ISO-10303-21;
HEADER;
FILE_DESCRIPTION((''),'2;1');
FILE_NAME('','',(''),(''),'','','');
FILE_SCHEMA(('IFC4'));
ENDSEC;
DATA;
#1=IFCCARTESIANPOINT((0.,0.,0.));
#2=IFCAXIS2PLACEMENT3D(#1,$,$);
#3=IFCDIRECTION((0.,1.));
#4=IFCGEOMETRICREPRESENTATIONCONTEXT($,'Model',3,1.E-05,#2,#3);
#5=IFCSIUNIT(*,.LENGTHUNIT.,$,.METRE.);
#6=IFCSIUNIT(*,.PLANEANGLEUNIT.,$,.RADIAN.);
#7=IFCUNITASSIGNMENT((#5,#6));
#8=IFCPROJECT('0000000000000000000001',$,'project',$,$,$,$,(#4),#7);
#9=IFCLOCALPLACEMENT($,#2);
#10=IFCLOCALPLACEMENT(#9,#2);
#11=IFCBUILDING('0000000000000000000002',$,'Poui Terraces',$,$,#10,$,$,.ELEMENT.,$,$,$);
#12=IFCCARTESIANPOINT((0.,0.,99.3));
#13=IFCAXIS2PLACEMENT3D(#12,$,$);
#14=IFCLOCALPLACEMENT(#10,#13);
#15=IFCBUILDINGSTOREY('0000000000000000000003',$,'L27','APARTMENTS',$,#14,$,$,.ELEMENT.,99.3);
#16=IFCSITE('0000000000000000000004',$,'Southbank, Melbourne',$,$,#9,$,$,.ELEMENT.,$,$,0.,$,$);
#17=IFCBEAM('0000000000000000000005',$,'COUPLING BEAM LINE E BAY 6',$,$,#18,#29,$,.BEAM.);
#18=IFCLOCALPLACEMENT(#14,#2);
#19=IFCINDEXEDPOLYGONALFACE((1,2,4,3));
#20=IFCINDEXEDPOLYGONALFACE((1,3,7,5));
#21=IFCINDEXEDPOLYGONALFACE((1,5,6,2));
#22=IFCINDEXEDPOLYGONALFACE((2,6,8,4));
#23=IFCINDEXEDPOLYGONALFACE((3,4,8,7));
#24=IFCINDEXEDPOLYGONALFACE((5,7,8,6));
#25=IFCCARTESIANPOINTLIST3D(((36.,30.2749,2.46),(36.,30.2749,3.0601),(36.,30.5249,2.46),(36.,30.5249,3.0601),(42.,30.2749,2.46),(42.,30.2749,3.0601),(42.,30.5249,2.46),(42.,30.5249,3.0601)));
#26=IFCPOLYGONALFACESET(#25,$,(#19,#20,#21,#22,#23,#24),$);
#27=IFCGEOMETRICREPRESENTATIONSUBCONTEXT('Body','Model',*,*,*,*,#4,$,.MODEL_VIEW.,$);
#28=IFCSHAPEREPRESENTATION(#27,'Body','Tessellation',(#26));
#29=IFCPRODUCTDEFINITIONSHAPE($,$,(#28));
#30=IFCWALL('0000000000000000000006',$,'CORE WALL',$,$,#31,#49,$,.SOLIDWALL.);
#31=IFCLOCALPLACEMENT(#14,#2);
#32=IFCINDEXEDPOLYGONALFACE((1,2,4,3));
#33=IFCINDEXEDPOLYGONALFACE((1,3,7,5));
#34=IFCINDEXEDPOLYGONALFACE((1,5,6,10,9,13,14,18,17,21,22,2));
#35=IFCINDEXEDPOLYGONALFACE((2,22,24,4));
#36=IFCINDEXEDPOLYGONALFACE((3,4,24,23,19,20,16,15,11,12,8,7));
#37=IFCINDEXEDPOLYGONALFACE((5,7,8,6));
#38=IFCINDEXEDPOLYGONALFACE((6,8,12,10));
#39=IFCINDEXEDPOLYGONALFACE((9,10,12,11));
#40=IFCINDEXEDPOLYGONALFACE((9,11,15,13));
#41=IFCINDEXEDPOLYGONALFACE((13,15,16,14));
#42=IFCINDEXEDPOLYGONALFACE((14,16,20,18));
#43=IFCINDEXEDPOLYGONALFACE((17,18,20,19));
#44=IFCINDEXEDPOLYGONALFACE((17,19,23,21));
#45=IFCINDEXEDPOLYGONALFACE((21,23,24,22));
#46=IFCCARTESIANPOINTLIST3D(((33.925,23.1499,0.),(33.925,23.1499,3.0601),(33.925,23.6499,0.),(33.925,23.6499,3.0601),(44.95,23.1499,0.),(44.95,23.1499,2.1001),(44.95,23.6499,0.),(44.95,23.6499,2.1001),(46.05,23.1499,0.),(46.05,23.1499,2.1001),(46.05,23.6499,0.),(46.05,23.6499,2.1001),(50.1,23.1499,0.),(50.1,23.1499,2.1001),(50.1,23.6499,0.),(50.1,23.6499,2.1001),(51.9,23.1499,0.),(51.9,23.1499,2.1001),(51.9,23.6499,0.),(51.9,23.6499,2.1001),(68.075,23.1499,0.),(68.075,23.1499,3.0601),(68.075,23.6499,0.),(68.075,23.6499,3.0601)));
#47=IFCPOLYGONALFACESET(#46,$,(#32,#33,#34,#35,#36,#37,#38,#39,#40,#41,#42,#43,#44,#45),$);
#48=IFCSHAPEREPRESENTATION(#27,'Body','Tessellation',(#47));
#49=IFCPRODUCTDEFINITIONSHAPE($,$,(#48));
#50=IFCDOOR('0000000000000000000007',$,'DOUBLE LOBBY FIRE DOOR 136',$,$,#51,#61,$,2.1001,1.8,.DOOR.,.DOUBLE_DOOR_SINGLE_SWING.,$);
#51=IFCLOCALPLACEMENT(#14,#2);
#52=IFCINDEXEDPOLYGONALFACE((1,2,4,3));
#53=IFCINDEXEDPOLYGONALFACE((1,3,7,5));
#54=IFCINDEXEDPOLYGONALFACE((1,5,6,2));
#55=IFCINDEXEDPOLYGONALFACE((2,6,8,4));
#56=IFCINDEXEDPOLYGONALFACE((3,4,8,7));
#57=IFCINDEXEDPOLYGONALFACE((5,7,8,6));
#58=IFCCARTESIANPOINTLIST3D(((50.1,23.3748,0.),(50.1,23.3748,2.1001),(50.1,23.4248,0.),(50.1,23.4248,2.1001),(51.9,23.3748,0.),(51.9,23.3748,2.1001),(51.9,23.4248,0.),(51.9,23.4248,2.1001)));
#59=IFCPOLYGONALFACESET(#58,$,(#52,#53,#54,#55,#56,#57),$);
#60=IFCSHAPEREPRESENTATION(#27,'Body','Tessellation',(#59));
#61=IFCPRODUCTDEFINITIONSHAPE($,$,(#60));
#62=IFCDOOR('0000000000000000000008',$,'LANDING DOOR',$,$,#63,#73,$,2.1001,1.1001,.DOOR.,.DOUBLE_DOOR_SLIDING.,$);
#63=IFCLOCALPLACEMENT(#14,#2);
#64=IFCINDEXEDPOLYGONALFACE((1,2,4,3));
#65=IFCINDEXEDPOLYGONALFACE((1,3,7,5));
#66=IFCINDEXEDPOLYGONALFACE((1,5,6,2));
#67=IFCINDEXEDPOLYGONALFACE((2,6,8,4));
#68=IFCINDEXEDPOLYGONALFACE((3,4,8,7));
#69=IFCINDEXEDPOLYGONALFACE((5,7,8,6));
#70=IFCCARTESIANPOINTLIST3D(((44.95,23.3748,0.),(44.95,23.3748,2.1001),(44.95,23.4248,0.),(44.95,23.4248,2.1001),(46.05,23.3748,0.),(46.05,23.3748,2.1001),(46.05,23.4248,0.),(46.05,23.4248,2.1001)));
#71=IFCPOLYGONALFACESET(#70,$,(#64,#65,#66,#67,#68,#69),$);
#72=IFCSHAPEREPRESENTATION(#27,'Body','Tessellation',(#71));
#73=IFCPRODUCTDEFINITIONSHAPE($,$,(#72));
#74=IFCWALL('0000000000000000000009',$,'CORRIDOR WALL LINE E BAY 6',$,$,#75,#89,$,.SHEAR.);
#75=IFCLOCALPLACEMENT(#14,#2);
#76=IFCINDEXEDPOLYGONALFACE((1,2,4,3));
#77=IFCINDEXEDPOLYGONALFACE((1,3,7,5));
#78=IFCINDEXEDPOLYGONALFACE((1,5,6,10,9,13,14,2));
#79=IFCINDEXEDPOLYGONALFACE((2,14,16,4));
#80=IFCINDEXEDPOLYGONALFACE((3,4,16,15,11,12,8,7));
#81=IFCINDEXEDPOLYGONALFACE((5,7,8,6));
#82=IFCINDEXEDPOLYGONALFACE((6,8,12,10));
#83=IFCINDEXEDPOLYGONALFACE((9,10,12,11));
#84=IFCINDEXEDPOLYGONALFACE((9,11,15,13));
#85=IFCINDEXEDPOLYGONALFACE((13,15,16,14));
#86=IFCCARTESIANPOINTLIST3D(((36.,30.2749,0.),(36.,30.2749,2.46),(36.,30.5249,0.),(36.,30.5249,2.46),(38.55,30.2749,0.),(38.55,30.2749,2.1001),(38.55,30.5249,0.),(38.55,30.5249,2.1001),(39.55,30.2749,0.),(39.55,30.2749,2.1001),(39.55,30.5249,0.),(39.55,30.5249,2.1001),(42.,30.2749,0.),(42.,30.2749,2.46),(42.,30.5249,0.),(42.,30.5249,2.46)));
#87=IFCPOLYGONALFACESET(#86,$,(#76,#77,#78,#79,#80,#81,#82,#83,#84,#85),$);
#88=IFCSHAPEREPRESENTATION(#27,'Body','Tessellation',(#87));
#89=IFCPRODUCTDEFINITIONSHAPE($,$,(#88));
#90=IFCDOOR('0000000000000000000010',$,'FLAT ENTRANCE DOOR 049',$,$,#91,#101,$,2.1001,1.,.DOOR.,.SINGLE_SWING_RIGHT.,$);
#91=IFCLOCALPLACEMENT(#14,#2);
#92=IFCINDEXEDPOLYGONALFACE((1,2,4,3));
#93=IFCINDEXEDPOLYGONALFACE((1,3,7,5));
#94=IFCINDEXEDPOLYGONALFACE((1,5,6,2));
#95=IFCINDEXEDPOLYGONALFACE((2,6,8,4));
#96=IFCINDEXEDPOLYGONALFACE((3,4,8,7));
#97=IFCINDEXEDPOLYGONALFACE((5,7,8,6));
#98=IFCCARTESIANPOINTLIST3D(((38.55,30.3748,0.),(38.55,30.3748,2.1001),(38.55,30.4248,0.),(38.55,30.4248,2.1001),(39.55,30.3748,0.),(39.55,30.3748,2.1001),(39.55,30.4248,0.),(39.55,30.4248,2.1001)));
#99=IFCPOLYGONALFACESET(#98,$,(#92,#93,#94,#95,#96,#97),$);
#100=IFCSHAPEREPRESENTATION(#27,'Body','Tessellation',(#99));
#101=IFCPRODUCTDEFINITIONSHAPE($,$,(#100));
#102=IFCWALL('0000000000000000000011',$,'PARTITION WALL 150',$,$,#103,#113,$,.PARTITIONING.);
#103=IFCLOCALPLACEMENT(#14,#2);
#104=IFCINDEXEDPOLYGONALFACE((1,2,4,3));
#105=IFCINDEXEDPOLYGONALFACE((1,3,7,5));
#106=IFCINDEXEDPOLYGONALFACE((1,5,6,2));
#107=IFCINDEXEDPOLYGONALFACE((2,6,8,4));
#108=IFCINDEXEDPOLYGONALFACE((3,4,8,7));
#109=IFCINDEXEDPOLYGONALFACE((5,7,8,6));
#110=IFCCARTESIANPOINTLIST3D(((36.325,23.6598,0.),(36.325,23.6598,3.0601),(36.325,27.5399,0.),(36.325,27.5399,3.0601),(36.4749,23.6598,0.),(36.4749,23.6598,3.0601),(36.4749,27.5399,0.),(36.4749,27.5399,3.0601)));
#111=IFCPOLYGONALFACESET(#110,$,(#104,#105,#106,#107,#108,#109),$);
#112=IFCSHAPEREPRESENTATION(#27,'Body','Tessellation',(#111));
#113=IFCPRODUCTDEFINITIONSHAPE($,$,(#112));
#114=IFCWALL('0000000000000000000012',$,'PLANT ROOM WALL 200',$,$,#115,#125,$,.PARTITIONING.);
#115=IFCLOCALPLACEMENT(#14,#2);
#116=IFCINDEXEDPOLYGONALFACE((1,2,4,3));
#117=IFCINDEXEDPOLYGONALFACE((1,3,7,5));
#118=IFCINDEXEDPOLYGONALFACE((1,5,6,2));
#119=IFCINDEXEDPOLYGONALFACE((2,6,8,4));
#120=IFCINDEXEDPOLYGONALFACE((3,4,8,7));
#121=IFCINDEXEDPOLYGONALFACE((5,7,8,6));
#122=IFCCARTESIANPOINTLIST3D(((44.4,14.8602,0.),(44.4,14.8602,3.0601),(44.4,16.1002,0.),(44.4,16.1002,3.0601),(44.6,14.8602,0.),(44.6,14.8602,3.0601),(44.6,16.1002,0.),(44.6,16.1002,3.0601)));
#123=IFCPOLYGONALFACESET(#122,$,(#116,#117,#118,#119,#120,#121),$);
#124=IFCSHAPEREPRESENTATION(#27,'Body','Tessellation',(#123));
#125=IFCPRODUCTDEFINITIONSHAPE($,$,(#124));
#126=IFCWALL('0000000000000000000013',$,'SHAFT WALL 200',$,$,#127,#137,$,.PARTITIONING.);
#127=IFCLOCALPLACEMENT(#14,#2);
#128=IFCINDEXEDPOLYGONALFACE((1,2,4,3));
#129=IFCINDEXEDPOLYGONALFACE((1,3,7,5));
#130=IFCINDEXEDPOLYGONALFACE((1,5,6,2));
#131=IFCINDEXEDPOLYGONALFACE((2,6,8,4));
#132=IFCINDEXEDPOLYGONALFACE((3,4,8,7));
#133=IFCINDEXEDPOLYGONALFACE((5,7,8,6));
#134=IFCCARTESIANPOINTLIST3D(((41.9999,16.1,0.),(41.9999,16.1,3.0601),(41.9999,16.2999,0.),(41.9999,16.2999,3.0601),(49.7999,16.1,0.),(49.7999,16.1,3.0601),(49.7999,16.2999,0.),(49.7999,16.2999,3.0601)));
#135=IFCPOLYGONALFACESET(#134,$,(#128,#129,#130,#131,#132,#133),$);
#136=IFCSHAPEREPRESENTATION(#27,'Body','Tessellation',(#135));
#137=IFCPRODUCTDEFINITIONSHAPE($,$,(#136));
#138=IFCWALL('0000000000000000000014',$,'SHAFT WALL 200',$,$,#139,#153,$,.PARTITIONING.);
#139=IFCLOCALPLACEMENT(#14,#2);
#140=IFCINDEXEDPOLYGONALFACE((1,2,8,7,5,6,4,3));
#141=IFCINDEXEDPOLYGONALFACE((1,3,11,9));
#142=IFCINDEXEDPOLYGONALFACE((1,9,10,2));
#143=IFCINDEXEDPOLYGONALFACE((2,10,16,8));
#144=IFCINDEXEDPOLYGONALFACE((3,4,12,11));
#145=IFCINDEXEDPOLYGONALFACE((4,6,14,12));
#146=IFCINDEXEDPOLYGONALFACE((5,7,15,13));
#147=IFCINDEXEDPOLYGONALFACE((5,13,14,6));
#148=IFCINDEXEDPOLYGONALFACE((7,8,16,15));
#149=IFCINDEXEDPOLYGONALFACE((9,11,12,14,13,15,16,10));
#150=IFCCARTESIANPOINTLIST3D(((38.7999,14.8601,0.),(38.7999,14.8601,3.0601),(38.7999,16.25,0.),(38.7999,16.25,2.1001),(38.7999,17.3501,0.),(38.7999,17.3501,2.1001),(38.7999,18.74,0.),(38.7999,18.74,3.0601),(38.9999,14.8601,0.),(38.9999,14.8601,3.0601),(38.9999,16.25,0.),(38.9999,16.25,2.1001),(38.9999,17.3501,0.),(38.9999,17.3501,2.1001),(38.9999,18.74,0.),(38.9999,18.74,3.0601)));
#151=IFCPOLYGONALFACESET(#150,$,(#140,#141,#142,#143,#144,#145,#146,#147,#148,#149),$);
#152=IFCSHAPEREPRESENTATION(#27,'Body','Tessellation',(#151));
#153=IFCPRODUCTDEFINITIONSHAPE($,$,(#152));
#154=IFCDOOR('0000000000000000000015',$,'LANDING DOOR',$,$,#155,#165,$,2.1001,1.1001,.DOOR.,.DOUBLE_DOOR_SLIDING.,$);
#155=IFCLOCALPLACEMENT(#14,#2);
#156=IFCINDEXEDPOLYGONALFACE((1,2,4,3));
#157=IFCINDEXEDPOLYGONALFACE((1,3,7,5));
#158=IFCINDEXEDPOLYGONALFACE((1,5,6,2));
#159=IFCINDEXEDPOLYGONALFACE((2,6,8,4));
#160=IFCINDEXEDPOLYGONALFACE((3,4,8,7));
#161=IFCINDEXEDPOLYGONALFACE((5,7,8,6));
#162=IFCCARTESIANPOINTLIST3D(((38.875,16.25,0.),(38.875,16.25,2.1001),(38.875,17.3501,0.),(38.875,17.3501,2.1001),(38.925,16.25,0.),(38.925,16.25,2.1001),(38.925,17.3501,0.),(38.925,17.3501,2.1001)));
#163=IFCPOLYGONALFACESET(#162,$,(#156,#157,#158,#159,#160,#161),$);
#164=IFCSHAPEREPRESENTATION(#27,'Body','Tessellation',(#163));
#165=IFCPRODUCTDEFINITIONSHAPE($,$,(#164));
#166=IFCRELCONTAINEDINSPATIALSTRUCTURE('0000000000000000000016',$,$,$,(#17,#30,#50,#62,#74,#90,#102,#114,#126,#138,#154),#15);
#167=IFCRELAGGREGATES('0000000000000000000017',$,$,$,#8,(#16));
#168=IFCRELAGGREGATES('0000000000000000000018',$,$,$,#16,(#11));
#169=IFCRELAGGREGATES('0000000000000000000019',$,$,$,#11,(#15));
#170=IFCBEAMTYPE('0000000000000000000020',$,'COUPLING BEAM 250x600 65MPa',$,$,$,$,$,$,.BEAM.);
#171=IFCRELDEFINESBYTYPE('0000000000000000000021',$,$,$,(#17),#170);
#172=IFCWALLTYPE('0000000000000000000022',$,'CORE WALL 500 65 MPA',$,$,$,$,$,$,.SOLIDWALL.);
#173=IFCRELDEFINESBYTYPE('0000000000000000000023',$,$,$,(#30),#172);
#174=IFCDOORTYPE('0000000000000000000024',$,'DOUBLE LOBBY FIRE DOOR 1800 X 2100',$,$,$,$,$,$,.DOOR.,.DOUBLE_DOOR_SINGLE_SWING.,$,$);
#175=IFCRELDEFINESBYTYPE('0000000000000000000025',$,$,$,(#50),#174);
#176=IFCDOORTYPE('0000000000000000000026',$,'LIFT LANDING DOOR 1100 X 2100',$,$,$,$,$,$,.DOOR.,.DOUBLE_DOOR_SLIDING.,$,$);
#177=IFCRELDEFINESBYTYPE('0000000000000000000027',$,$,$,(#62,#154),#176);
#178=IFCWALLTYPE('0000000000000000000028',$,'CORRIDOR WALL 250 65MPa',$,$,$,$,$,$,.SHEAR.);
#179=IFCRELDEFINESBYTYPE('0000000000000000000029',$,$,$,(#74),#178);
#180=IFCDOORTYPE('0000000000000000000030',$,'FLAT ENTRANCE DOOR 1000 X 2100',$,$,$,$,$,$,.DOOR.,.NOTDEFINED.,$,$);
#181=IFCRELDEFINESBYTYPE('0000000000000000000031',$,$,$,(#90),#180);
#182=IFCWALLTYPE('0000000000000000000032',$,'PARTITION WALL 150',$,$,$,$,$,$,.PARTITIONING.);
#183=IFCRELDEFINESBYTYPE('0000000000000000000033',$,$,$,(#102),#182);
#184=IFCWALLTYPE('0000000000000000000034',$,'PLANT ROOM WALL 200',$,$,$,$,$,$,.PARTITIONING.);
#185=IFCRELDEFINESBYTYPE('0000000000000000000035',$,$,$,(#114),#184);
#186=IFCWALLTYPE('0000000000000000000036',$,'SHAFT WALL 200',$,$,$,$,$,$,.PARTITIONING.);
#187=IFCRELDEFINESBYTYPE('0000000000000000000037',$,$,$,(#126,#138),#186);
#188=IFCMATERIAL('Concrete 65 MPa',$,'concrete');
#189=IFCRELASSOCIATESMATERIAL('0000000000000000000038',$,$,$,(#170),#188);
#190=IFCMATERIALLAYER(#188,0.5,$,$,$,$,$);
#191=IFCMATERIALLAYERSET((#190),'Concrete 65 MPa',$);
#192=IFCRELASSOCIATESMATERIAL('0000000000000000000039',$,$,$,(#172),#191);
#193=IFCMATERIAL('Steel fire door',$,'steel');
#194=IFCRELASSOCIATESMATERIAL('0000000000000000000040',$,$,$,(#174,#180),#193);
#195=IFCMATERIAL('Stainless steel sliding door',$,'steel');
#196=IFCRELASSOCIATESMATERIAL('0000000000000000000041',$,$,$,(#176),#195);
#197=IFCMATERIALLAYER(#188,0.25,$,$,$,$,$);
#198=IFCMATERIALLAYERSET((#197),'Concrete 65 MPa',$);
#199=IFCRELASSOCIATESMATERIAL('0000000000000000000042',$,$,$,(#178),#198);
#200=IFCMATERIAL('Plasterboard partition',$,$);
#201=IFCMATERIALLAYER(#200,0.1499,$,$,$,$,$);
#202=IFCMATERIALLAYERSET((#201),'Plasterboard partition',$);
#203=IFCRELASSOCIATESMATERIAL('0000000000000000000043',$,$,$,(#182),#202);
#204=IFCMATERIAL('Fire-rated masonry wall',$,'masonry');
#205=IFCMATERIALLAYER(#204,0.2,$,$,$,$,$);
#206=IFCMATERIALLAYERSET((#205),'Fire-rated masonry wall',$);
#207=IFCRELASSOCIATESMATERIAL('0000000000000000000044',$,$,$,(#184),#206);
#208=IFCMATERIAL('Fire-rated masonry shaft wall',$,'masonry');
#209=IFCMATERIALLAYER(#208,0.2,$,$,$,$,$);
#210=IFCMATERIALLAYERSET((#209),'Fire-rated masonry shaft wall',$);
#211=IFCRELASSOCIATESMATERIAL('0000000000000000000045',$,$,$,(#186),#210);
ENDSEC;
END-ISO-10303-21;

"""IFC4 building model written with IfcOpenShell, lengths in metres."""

from ifc_helpers import new_model, si_unit, direction, frame, frame_2d, origin, origin_2d, place, context, subcontext, project, spatial, rectangle, extrude, source, transform, mapped, material, layer, layer_set, material_profile, profile_set, type_object, element, fill, save


model = new_model("IFC4")

# Units and contexts
model_context = context("Model", 3, precision=1e-05, world=origin(), true_north=direction((0.0, 1.0)))
body_context = subcontext(model_context, "Body", "Model", "MODEL_VIEW")
ifc_project = project(units=[si_unit("LENGTHUNIT", "METRE"), si_unit("PLANEANGLEUNIT", "RADIAN")], contexts=[model_context])

# Site, building, storey
site_placement = place(None, origin())
site = spatial("IfcSite", under=ifc_project, at=site_placement, Name="Southbank, Melbourne", CompositionType="ELEMENT", RefElevation=0.0)
building_placement = place(site_placement, origin())
building = spatial("IfcBuilding", under=site, at=building_placement, Name="Poui Terraces", CompositionType="ELEMENT")
storey_placement = place(building_placement, frame((0.0, 0.0, 99.3)))
storey = spatial("IfcBuildingStorey", under=building, at=storey_placement, Name="L27", Description="APARTMENTS", CompositionType="ELEMENT", Elevation=99.3)

# Beam
ifc_material_1 = material(Name="Concrete 65 MPa", Category="concrete")
ifc_material_profile = material_profile(ifc_material_1, rectangle(XDim=0.25, YDim=0.6001, at=origin_2d()), Name="RC 250x600")
ifc_profile_set = profile_set([ifc_material_profile], Name="Concrete 65 MPa")
beam_type = type_object("IfcBeamType", Name="COUPLING BEAM 250x600 65MPa", PredefinedType="BEAM", material=ifc_profile_set)
shared_shape = source(origin(), body_context, "Body", "SweptSolid", [
    extrude(rectangle(XDim=0.25, YDim=0.6001, at=origin_2d()), origin(), (0.0, 0.0, 1.0), 6.0),
])
beam_placement = place(storey_placement, frame((36.0, 30.3999, 2.76), z_axis=(1.0, 0.0, 0.0), x_axis=(0.0, 1.0, 0.0)))
element("IfcBeam", 1, at=beam_placement, inside=storey, type_object=beam_type, Name="COUPLING BEAM LINE E BAY 6", PredefinedType="BEAM", context=body_context, shape_type="MappedRepresentation", body=[
    mapped(shared_shape, transform((0.0, 0.0, 0.0))),
])

# Wall, openings, doors
ifc_layer_1 = layer(ifc_material_1, 0.5)
ifc_layer_set_1 = layer_set([ifc_layer_1], Name="Concrete 65 MPa")
wall_type_1 = type_object("IfcWallType", Name="CORE WALL 500 65 MPA", PredefinedType="SOLIDWALL", material=ifc_layer_set_1)
ifc_material_2 = material(Name="Steel fire door", Category="steel")
door_type_1 = type_object("IfcDoorType", Name="DOUBLE LOBBY FIRE DOOR 1800 X 2100", OperationType="DOUBLE_DOOR_SINGLE_SWING", PredefinedType="DOOR", material=ifc_material_2)
ifc_material_3 = material(Name="Stainless steel sliding door", Category="steel")
door_type_2 = type_object("IfcDoorType", Name="LIFT LANDING DOOR 1100 X 2100", OperationType="DOUBLE_DOOR_SLIDING", PredefinedType="DOOR", material=ifc_material_3)
wall_1_placement = place(storey_placement, frame((33.925, 23.3999, 0.0), z_axis=(0.0, 0.0, 1.0), x_axis=(1.0, 0.0, 0.0)))
wall_1 = element("IfcWall", 2, at=wall_1_placement, inside=storey, type_object=wall_type_1, Name="CORE WALL", PredefinedType="SOLIDWALL", context=body_context, shape_type="SweptSolid", body=[
    extrude(rectangle(XDim=34.1499, YDim=0.5, at=frame_2d((17.075, 0.0))), origin(), (0.0, 0.0, 1.0), 3.0601),
])
opening_1_placement = place(wall_1_placement, frame((16.175, 0.0, 0.0)))
opening_1 = element("IfcOpeningElement", 3, at=opening_1_placement, cuts=wall_1, PredefinedType="OPENING", context=body_context, shape_type="SweptSolid", body=[
    extrude(rectangle(XDim=1.8, YDim=2.1001, at=frame_2d((0.8999, 1.05))), frame((0.0, 0.26, 0.0), z_axis=(0.0, -1.0, 0.0), x_axis=(1.0, 0.0, 0.0)), (0.0, 0.0, 1.0), 0.52),
])
opening_2_placement = place(wall_1_placement, frame((11.0249, 0.0, 0.0)))
opening_2 = element("IfcOpeningElement", 4, at=opening_2_placement, cuts=wall_1, PredefinedType="OPENING", context=body_context, shape_type="SweptSolid", body=[
    extrude(rectangle(XDim=1.1001, YDim=2.1001, at=frame_2d((0.55, 1.05))), frame((0.0, 0.26, 0.0), z_axis=(0.0, -1.0, 0.0), x_axis=(1.0, 0.0, 0.0)), (0.0, 0.0, 1.0), 0.52),
])
door_1_placement = place(opening_1_placement, origin())
door_1 = element("IfcDoor", 5, at=door_1_placement, inside=storey, type_object=door_type_1, Name="DOUBLE LOBBY FIRE DOOR 136", OperationType="DOUBLE_DOOR_SINGLE_SWING", OverallHeight=2.1001, OverallWidth=1.8, PredefinedType="DOOR", context=body_context, shape_type="SweptSolid", body=[
    extrude(rectangle(XDim=1.8, YDim=2.1001, at=frame_2d((0.8999, 1.05))), frame((0.0, 0.0249, 0.0), z_axis=(0.0, -1.0, 0.0), x_axis=(1.0, 0.0, 0.0)), (0.0, 0.0, 1.0), 0.05),
])
fill(opening_1, door_1)
door_2_placement = place(opening_2_placement, origin())
door_2 = element("IfcDoor", 6, at=door_2_placement, inside=storey, type_object=door_type_2, Name="LANDING DOOR", OperationType="DOUBLE_DOOR_SLIDING", OverallHeight=2.1001, OverallWidth=1.1001, PredefinedType="DOOR", context=body_context, shape_type="SweptSolid", body=[
    extrude(rectangle(XDim=1.1001, YDim=2.1001, at=frame_2d((0.55, 1.05))), frame((0.0, 0.0249, 0.0), z_axis=(0.0, -1.0, 0.0), x_axis=(1.0, 0.0, 0.0)), (0.0, 0.0, 1.0), 0.05),
])
fill(opening_2, door_2)

# Wall, opening, door
ifc_layer_2 = layer(ifc_material_1, 0.25)
ifc_layer_set_2 = layer_set([ifc_layer_2], Name="Concrete 65 MPa")
wall_type_2 = type_object("IfcWallType", Name="CORRIDOR WALL 250 65MPa", PredefinedType="SHEAR", material=ifc_layer_set_2)
wall_2_placement = place(storey_placement, frame((36.0, 30.3999, 0.0), z_axis=(0.0, 0.0, 1.0), x_axis=(1.0, 0.0, 0.0)))
wall_2 = element("IfcWall", 7, at=wall_2_placement, inside=storey, type_object=wall_type_2, Name="CORRIDOR WALL LINE E BAY 6", PredefinedType="SHEAR", context=body_context, shape_type="SweptSolid", body=[
    extrude(rectangle(XDim=6.0, YDim=0.25, at=frame_2d((3.0, 0.0))), origin(), (0.0, 0.0, 1.0), 2.46),
])
opening_3_placement = place(wall_2_placement, frame((2.55, 0.0, 0.0)))
opening_3 = element("IfcOpeningElement", 8, at=opening_3_placement, cuts=wall_2, PredefinedType="OPENING", context=body_context, shape_type="SweptSolid", body=[
    extrude(rectangle(XDim=1.0, YDim=2.1001, at=frame_2d((0.5, 1.05))), frame((0.0, 0.135, 0.0), z_axis=(0.0, -1.0, 0.0), x_axis=(1.0, 0.0, 0.0)), (0.0, 0.0, 1.0), 0.27),
])
door_type_3 = type_object("IfcDoorType", Name="FLAT ENTRANCE DOOR 1000 X 2100", OperationType="NOTDEFINED", PredefinedType="DOOR", material=ifc_material_2)
door_3_placement = place(opening_3_placement, origin())
door_3 = element("IfcDoor", 9, at=door_3_placement, inside=storey, type_object=door_type_3, Name="FLAT ENTRANCE DOOR 049", OperationType="SINGLE_SWING_RIGHT", OverallHeight=2.1001, OverallWidth=1.0, PredefinedType="DOOR", context=body_context, shape_type="SweptSolid", body=[
    extrude(rectangle(XDim=1.0, YDim=2.1001, at=frame_2d((0.5, 1.05))), frame((0.0, 0.0249, 0.0), z_axis=(0.0, -1.0, 0.0), x_axis=(1.0, 0.0, 0.0)), (0.0, 0.0, 1.0), 0.05),
])
fill(opening_3, door_3)

# Walls
ifc_material_4 = material(Name="Plasterboard partition")
ifc_layer_3 = layer(ifc_material_4, 0.1499)
ifc_layer_set_3 = layer_set([ifc_layer_3], Name="Plasterboard partition")
wall_type_3 = type_object("IfcWallType", Name="PARTITION WALL 150", PredefinedType="PARTITIONING", material=ifc_layer_set_3)
wall_3_placement = place(storey_placement, frame((36.3999, 23.6599, 0.0), z_axis=(0.0, 0.0, 1.0), x_axis=(0.0, 1.0, 0.0)))
element("IfcWall", 10, at=wall_3_placement, inside=storey, type_object=wall_type_3, Name="PARTITION WALL 150", PredefinedType="PARTITIONING", context=body_context, shape_type="SweptSolid", body=[
    extrude(rectangle(XDim=3.8801, YDim=0.1499, at=frame_2d((1.9399, 0.0))), origin(), (0.0, 0.0, 1.0), 3.0601),
])
ifc_material_5 = material(Name="Fire-rated masonry wall", Category="masonry")
ifc_layer_4 = layer(ifc_material_5, 0.2)
ifc_layer_set_4 = layer_set([ifc_layer_4], Name="Fire-rated masonry wall")
wall_type_4 = type_object("IfcWallType", Name="PLANT ROOM WALL 200", PredefinedType="PARTITIONING", material=ifc_layer_set_4)
wall_4_placement = place(storey_placement, frame((44.5, 14.8601, 0.0), z_axis=(0.0, 0.0, 1.0), x_axis=(0.0, 1.0, 0.0)))
element("IfcWall", 11, at=wall_4_placement, inside=storey, type_object=wall_type_4, Name="PLANT ROOM WALL 200", PredefinedType="PARTITIONING", context=body_context, shape_type="SweptSolid", body=[
    extrude(rectangle(XDim=1.24, YDim=0.2, at=frame_2d((0.6201, 0.0))), origin(), (0.0, 0.0, 1.0), 3.0601),
])
ifc_material_6 = material(Name="Fire-rated masonry shaft wall", Category="masonry")
ifc_layer_5 = layer(ifc_material_6, 0.2)
ifc_layer_set_5 = layer_set([ifc_layer_5], Name="Fire-rated masonry shaft wall")
wall_type_5 = type_object("IfcWallType", Name="SHAFT WALL 200", PredefinedType="PARTITIONING", material=ifc_layer_set_5)
wall_5_placement = place(storey_placement, frame((42.0, 16.2, 0.0), z_axis=(0.0, 0.0, 1.0), x_axis=(1.0, 0.0, 0.0)))
element("IfcWall", 12, at=wall_5_placement, inside=storey, type_object=wall_type_5, Name="SHAFT WALL 200", PredefinedType="PARTITIONING", context=body_context, shape_type="SweptSolid", body=[
    extrude(rectangle(XDim=7.8, YDim=0.2, at=frame_2d((3.8999, 0.0))), origin(), (0.0, 0.0, 1.0), 3.0601),
])

# Wall, opening, door
wall_6_placement = place(storey_placement, frame((38.8999, 14.8601, 0.0), z_axis=(0.0, 0.0, 1.0), x_axis=(0.0, 1.0, 0.0)))
wall_6 = element("IfcWall", 13, at=wall_6_placement, inside=storey, type_object=wall_type_5, Name="SHAFT WALL 200", PredefinedType="PARTITIONING", context=body_context, shape_type="SweptSolid", body=[
    extrude(rectangle(XDim=3.8799, YDim=0.2, at=frame_2d((1.9399, 0.0))), origin(), (0.0, 0.0, 1.0), 3.0601),
])
opening_4_placement = place(wall_6_placement, frame((1.3899, 0.0, 0.0)))
opening_4 = element("IfcOpeningElement", 14, at=opening_4_placement, cuts=wall_6, PredefinedType="OPENING", context=body_context, shape_type="SweptSolid", body=[
    extrude(rectangle(XDim=1.1001, YDim=2.1001, at=frame_2d((0.55, 1.05))), frame((0.0, 0.1099, 0.0), z_axis=(0.0, -1.0, 0.0), x_axis=(1.0, 0.0, 0.0)), (0.0, 0.0, 1.0), 0.22),
])
door_4_placement = place(opening_4_placement, origin())
door_4 = element("IfcDoor", 15, at=door_4_placement, inside=storey, type_object=door_type_2, Name="LANDING DOOR", OperationType="DOUBLE_DOOR_SLIDING", OverallHeight=2.1001, OverallWidth=1.1001, PredefinedType="DOOR", context=body_context, shape_type="SweptSolid", body=[
    extrude(rectangle(XDim=1.1001, YDim=2.1001, at=frame_2d((0.55, 1.05))), frame((0.0, 0.0249, 0.0), z_axis=(0.0, -1.0, 0.0), x_axis=(1.0, 0.0, 0.0)), (0.0, 0.0, 1.0), 0.05),
])
fill(opening_4, door_4)

save(model, "model.ifc")
